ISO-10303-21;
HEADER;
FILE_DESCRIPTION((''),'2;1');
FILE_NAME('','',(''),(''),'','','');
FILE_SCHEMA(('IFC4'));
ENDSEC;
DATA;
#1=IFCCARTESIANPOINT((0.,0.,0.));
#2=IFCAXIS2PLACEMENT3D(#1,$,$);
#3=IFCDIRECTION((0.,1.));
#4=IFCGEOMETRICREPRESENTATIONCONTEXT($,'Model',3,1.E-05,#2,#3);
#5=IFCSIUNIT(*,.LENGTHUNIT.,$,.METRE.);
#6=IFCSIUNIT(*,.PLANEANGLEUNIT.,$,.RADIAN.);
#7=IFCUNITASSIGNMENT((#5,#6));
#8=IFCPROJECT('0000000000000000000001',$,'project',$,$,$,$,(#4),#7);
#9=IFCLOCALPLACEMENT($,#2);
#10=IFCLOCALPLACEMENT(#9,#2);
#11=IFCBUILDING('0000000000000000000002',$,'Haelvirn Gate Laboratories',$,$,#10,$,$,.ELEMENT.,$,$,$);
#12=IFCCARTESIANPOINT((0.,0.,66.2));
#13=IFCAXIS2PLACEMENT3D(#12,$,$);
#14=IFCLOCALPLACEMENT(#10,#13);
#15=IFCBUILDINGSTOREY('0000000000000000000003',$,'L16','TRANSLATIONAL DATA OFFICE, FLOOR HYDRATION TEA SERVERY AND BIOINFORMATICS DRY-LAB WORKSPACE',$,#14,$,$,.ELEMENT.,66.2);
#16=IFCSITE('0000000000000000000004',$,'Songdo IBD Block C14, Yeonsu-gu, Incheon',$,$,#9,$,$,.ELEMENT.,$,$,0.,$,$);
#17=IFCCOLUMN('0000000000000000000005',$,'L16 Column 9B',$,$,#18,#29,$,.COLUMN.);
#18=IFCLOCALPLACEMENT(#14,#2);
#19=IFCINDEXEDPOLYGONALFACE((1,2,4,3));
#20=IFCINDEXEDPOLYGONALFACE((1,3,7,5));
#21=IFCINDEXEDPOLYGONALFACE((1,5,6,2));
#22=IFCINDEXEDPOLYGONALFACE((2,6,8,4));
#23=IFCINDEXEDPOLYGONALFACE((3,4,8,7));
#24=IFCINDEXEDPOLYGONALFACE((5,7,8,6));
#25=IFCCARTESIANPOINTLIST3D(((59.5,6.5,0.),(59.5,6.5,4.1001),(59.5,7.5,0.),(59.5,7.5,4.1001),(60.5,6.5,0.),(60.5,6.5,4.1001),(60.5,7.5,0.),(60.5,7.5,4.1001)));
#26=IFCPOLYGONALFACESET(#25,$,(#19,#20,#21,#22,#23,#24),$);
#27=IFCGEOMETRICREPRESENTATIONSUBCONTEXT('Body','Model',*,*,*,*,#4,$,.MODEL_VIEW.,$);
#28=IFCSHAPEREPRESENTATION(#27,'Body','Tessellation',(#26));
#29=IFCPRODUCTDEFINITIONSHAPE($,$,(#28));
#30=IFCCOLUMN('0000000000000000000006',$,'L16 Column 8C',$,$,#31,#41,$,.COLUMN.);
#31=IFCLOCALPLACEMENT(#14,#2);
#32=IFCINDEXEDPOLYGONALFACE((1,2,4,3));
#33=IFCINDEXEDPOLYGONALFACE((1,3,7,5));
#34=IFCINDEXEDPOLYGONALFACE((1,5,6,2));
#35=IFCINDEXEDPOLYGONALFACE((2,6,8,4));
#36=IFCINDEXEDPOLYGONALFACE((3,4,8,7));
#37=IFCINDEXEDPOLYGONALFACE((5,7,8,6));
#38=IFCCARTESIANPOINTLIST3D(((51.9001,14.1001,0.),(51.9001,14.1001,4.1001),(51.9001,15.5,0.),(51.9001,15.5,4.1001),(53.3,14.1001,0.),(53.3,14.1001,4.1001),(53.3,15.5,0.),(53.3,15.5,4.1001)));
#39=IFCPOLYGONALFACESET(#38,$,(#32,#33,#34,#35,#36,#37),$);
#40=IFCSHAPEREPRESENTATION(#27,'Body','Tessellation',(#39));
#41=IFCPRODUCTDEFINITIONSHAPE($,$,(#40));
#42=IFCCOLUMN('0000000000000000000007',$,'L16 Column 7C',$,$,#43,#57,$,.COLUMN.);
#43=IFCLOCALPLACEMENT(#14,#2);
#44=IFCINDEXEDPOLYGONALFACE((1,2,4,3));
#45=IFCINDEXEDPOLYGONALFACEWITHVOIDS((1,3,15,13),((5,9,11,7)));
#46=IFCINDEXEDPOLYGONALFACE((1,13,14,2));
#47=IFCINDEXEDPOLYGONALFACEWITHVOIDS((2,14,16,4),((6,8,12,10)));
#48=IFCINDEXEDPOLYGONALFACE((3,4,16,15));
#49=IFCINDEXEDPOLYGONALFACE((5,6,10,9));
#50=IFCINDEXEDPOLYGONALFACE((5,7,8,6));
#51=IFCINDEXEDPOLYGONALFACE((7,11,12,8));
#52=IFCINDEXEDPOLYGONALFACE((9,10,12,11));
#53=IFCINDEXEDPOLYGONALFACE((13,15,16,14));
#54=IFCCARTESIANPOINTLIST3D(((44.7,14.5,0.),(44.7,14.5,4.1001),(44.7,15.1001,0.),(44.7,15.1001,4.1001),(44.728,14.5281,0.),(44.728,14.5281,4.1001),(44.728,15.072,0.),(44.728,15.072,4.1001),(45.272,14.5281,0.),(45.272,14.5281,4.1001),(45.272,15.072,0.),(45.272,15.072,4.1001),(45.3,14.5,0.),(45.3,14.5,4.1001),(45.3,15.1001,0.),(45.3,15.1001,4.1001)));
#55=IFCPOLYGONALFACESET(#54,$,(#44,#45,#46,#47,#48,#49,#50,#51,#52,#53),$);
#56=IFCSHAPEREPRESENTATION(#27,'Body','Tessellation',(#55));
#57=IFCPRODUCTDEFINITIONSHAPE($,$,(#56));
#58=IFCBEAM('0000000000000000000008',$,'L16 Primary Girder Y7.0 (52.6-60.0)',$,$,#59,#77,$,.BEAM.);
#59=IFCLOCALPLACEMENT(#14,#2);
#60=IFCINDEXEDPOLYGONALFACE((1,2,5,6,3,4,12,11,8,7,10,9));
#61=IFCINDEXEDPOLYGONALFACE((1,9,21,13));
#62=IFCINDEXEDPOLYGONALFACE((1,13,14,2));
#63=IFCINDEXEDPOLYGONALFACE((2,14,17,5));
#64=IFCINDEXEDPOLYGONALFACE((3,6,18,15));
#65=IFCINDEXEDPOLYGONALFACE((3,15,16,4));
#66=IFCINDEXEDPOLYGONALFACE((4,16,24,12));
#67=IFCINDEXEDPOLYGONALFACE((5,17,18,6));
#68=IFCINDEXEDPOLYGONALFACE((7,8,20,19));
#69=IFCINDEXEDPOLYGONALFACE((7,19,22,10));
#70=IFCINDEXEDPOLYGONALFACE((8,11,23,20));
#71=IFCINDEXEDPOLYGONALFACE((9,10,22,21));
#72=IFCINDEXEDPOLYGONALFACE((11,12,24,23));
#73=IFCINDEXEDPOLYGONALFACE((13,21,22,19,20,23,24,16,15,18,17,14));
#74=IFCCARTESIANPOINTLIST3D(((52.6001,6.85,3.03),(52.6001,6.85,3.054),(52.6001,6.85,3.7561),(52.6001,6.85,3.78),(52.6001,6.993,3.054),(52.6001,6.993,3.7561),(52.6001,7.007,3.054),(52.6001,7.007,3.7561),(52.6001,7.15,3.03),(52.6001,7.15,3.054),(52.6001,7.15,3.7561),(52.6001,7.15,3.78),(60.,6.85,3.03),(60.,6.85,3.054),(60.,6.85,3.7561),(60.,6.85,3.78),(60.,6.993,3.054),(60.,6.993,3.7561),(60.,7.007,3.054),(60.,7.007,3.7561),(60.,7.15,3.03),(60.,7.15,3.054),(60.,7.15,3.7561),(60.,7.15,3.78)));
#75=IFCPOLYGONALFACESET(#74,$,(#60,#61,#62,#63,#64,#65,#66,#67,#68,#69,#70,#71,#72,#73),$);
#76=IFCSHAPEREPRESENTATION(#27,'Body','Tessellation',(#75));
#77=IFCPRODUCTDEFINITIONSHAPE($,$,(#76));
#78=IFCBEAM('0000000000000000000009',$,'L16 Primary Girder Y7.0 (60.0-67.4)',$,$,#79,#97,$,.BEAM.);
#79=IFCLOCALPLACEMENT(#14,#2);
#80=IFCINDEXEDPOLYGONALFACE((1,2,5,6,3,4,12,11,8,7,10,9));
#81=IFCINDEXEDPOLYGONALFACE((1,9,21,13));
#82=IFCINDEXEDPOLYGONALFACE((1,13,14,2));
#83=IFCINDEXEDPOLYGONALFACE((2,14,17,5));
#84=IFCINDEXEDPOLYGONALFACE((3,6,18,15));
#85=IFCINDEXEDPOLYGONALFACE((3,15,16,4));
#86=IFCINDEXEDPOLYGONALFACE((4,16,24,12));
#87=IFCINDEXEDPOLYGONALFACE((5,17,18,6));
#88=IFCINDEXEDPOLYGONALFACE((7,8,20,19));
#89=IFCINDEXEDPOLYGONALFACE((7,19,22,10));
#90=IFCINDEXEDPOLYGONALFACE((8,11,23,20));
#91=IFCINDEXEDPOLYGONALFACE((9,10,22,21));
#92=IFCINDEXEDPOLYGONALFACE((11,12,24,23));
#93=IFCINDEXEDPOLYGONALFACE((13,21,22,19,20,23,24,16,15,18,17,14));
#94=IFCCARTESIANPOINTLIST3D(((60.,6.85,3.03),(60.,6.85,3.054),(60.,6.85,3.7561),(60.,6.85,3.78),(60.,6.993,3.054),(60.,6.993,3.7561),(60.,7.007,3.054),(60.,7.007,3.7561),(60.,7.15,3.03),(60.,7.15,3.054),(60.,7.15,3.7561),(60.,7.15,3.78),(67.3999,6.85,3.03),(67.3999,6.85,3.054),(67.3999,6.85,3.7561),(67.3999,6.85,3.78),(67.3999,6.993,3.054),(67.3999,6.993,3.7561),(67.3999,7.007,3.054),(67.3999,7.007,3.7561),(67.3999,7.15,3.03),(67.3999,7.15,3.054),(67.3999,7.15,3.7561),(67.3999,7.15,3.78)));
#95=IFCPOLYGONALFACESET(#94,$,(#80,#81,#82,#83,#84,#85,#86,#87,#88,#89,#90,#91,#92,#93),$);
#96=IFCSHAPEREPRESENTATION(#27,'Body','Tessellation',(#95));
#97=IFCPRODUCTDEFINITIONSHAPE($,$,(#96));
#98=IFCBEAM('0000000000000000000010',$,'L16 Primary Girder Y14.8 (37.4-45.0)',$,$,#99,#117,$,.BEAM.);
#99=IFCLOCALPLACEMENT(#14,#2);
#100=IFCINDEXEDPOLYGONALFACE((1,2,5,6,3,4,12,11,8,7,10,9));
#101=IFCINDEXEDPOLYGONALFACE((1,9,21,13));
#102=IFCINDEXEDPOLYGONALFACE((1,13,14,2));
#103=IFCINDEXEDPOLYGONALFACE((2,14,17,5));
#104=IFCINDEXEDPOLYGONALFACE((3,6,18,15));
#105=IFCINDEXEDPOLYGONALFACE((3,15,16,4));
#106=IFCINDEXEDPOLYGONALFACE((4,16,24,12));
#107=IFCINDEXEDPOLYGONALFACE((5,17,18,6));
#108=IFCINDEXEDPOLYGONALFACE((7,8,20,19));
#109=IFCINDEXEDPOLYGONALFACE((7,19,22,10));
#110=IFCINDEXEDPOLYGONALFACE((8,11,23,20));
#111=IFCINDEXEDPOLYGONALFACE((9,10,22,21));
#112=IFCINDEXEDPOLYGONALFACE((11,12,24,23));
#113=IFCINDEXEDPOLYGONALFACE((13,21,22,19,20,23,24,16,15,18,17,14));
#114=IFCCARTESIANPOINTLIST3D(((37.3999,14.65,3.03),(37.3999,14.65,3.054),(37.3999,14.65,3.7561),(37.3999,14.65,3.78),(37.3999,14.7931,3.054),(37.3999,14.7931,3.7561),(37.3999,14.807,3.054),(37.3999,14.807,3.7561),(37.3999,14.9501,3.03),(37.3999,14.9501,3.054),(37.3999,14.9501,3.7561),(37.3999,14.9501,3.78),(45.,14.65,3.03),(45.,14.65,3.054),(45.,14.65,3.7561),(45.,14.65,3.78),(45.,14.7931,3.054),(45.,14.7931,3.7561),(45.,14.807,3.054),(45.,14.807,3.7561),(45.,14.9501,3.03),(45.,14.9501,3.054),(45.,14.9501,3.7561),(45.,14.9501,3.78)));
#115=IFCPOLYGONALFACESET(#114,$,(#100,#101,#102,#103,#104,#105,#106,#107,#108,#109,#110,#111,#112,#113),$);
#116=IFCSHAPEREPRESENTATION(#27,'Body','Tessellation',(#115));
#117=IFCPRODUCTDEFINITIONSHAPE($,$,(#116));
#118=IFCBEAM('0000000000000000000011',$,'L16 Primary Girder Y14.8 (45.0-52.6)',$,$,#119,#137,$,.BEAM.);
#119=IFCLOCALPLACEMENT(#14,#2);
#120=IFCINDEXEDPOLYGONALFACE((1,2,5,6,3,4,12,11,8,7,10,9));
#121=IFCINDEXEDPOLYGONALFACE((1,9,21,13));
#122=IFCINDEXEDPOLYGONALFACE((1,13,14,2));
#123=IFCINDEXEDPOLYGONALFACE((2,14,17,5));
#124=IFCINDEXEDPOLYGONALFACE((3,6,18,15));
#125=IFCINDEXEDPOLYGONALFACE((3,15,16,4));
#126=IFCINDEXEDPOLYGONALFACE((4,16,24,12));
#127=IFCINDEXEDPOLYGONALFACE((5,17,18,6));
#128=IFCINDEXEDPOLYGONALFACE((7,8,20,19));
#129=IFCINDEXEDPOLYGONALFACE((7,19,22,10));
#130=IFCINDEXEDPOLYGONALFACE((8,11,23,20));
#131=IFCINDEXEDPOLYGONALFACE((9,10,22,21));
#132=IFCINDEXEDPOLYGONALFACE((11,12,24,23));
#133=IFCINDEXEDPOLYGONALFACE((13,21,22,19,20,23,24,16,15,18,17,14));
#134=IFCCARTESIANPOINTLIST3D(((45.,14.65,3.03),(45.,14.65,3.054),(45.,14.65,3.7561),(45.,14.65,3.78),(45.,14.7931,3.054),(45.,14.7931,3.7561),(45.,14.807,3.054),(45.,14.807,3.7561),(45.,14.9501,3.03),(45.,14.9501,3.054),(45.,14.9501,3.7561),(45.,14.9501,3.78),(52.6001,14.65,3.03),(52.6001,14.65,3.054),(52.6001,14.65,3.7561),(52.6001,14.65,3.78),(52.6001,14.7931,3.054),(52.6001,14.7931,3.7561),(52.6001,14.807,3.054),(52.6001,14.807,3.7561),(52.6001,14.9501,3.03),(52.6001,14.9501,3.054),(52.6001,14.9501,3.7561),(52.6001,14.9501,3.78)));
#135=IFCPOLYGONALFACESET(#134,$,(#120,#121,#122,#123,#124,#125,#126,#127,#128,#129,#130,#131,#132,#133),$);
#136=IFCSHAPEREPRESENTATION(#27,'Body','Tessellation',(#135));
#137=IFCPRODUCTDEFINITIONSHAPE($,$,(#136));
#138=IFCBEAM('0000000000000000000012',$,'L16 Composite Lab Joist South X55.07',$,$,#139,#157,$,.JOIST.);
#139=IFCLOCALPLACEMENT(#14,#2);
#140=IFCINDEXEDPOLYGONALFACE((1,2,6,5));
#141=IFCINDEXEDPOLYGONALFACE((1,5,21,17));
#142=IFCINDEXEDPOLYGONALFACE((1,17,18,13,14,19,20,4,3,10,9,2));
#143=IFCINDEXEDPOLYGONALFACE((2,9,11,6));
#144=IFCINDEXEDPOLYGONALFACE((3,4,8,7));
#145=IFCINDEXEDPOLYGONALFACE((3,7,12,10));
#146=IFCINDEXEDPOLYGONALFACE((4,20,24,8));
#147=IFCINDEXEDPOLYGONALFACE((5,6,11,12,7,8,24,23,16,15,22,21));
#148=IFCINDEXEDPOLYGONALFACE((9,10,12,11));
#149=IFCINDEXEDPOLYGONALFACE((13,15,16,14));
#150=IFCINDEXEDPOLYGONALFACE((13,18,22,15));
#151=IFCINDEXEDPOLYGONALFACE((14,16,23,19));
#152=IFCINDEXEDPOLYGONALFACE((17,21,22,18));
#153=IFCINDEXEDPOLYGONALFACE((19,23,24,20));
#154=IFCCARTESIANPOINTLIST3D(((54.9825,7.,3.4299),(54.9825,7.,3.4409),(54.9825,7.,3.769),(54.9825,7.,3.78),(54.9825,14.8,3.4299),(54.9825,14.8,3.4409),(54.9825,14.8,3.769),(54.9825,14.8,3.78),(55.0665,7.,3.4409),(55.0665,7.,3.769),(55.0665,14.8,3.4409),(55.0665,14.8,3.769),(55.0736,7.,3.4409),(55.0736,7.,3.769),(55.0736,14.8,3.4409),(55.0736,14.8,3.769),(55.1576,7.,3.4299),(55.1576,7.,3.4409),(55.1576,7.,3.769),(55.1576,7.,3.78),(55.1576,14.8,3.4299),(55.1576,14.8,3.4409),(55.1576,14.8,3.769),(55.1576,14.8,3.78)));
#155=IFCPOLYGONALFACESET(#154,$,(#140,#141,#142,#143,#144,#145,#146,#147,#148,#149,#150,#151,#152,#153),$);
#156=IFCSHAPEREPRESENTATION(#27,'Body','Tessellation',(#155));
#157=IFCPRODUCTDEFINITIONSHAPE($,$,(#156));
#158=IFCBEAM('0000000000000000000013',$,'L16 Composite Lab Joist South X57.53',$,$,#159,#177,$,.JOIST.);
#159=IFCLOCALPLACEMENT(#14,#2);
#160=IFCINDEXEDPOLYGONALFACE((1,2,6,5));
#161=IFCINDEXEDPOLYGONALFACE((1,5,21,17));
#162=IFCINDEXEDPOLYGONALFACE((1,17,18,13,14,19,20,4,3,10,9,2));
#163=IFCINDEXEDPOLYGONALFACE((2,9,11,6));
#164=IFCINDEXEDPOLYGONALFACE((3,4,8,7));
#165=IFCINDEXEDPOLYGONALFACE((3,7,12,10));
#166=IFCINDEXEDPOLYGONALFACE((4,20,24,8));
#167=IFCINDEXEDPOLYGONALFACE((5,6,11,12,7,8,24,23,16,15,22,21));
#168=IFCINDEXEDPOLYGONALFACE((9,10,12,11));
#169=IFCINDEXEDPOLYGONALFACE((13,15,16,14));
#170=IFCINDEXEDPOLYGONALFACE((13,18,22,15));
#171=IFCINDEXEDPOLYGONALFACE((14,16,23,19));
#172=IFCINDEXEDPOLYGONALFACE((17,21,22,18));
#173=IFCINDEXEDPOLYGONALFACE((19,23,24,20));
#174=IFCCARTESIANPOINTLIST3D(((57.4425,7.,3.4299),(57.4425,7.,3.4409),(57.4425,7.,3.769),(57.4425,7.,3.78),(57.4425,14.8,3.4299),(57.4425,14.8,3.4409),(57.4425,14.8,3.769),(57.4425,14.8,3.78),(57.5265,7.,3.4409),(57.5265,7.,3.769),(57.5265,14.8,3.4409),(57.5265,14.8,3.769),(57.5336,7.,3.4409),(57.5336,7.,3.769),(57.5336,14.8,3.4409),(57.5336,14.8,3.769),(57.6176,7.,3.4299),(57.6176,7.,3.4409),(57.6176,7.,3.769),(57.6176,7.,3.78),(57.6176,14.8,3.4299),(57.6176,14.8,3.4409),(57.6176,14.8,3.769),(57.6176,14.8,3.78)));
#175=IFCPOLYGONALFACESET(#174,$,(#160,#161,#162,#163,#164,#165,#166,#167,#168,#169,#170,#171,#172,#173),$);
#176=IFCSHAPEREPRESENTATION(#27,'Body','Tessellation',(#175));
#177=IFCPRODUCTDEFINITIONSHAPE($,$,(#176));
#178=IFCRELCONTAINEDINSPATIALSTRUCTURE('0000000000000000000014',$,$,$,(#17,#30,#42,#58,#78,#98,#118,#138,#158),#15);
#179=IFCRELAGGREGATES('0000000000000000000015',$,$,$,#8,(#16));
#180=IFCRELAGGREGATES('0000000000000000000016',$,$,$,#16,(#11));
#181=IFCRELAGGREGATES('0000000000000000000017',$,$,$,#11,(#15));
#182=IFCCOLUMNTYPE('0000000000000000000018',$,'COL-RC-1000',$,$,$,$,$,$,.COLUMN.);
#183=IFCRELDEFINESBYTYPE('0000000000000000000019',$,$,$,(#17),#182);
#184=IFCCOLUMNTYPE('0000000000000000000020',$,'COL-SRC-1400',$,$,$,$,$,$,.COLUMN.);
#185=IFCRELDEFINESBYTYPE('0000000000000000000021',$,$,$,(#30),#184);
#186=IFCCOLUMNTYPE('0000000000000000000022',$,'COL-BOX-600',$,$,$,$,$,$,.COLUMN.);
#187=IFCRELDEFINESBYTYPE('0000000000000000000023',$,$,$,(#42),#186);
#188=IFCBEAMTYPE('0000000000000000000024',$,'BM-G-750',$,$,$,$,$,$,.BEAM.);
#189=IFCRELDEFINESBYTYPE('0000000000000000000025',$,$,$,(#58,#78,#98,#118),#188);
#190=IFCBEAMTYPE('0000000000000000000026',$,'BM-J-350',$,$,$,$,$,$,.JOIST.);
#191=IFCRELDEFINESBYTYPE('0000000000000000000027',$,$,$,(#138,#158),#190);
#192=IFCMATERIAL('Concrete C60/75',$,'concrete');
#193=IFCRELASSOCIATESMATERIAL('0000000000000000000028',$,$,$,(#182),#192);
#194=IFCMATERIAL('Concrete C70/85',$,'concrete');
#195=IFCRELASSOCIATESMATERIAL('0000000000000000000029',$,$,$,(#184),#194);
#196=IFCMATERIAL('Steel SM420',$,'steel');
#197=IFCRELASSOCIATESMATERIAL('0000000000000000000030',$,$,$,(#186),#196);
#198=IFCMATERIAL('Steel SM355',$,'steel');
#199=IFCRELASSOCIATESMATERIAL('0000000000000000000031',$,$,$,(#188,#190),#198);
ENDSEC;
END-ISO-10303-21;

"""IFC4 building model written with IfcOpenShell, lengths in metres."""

from ifc_helpers import new_model, si_unit, direction, frame, origin, origin_2d, place, context, subcontext, project, spatial, rectangle, hollow_rectangle, i_section, extrude, source, transform, mapped, material, material_profile, profile_set, type_object, type_shapes, element, save


model = new_model("IFC4")

# Units and contexts
model_context = context("Model", 3, precision=1e-05, world=origin(), true_north=direction((0.0, 1.0)))
body_context = subcontext(model_context, "Body", "Model", "MODEL_VIEW")
ifc_project = project(units=[si_unit("LENGTHUNIT", "METRE"), si_unit("PLANEANGLEUNIT", "RADIAN")], contexts=[model_context])

# Site, building, storey
site_placement = place(None, origin())
site = spatial("IfcSite", under=ifc_project, at=site_placement, Name="Songdo IBD Block C14, Yeonsu-gu, Incheon", CompositionType="ELEMENT", RefElevation=0.0)
building_placement = place(site_placement, origin())
building = spatial("IfcBuilding", under=site, at=building_placement, Name="Haelvirn Gate Laboratories", CompositionType="ELEMENT")
storey_placement = place(building_placement, frame((0.0, 0.0, 66.2)))
storey = spatial("IfcBuildingStorey", under=building, at=storey_placement, Name="L16", Description="TRANSLATIONAL DATA OFFICE, FLOOR HYDRATION TEA SERVERY AND BIOINFORMATICS DRY-LAB WORKSPACE", CompositionType="ELEMENT", Elevation=66.2)

# Columns
ifc_material_1 = material(Name="Concrete C60/75", Category="concrete")
ifc_material_profile_1 = material_profile(ifc_material_1, rectangle(XDim=1.0, YDim=1.0, at=origin_2d()), Name="RC-1000x1000")
ifc_profile_set_1 = profile_set([ifc_material_profile_1], Name="Concrete C60/75")
column_type_1 = type_object("IfcColumnType", Name="COL-RC-1000", PredefinedType="COLUMN", material=ifc_profile_set_1)
shared_shape_1 = source(origin(), body_context, "Body", "SweptSolid", [
    extrude(rectangle(XDim=1.0, YDim=1.0, at=origin_2d()), origin(), (0.0, 0.0, 1.0), 4.1001),
])
type_shapes(column_type_1, [shared_shape_1])
column_1_placement = place(storey_placement, frame((60.0, 7.0, 0.0), z_axis=(0.0, 0.0, 1.0), x_axis=(1.0, 0.0, 0.0)))
element("IfcColumn", 1, at=column_1_placement, inside=storey, type_object=column_type_1, Name="L16 Column 9B", PredefinedType="COLUMN", context=body_context, shape_type="MappedRepresentation", body=[
    mapped(shared_shape_1, transform((0.0, 0.0, 0.0), scale=1.0)),
])
ifc_material_2 = material(Name="Concrete C70/85", Category="concrete")
ifc_material_profile_2 = material_profile(ifc_material_2, rectangle(XDim=1.3999, YDim=1.3999, at=origin_2d()), Name="SRC-1400x1400")
ifc_profile_set_2 = profile_set([ifc_material_profile_2], Name="Concrete C70/85")
column_type_2 = type_object("IfcColumnType", Name="COL-SRC-1400", PredefinedType="COLUMN", material=ifc_profile_set_2)
shared_shape_2 = source(origin(), body_context, "Body", "SweptSolid", [
    extrude(rectangle(XDim=1.3999, YDim=1.3999, at=origin_2d()), origin(), (0.0, 0.0, 1.0), 4.1001),
])
type_shapes(column_type_2, [shared_shape_2])
column_2_placement = place(storey_placement, frame((52.6001, 14.8, 0.0), z_axis=(0.0, 0.0, 1.0), x_axis=(1.0, 0.0, 0.0)))
element("IfcColumn", 2, at=column_2_placement, inside=storey, type_object=column_type_2, Name="L16 Column 8C", PredefinedType="COLUMN", context=body_context, shape_type="MappedRepresentation", body=[
    mapped(shared_shape_2, transform((0.0, 0.0, 0.0), scale=1.0)),
])
ifc_material_3 = material(Name="Steel SM420", Category="steel")
ifc_material_profile_3 = material_profile(ifc_material_3, hollow_rectangle(XDim=0.6001, YDim=0.6001, WallThickness=0.0281, at=origin_2d()), Name="BOX-600x600x28")
ifc_profile_set_3 = profile_set([ifc_material_profile_3], Name="Steel SM420")
column_type_3 = type_object("IfcColumnType", Name="COL-BOX-600", PredefinedType="COLUMN", material=ifc_profile_set_3)
shared_shape_3 = source(origin(), body_context, "Body", "SweptSolid", [
    extrude(hollow_rectangle(XDim=0.6001, YDim=0.6001, WallThickness=0.0281, at=origin_2d()), origin(), (0.0, 0.0, 1.0), 4.1001),
])
type_shapes(column_type_3, [shared_shape_3])
column_3_placement = place(storey_placement, frame((45.0, 14.8, 0.0), z_axis=(0.0, 0.0, 1.0), x_axis=(1.0, 0.0, 0.0)))
element("IfcColumn", 3, at=column_3_placement, inside=storey, type_object=column_type_3, Name="L16 Column 7C", PredefinedType="COLUMN", context=body_context, shape_type="MappedRepresentation", body=[
    mapped(shared_shape_3, transform((0.0, 0.0, 0.0), scale=1.0)),
])

# Beams
ifc_material_4 = material(Name="Steel SM355", Category="steel")
ifc_material_profile_4 = material_profile(ifc_material_4, i_section(OverallWidth=0.3, OverallDepth=0.75, WebThickness=0.0139, FlangeThickness=0.0239, at=origin_2d()), Name="H-750x300x14x24")
ifc_profile_set_4 = profile_set([ifc_material_profile_4], Name="Steel SM355")
beam_type_1 = type_object("IfcBeamType", Name="BM-G-750", PredefinedType="BEAM", material=ifc_profile_set_4)
shared_shape_4 = source(origin(), body_context, "Body", "SweptSolid", [
    extrude(i_section(OverallWidth=0.3, OverallDepth=0.75, WebThickness=0.0139, FlangeThickness=0.0239, at=origin_2d()), origin(), (0.0, 0.0, 1.0), 7.3999),
])
for number, where, z_axis, x_axis, name in (
    (4, (52.6001, 7.0, 3.405), (1.0, 0.0, 0.0), (0.0, 1.0, 0.0), "L16 Primary Girder Y7.0 (52.6-60.0)"),
    (5, (60.0, 7.0, 3.405), (1.0, 0.0, 0.0), (0.0, 1.0, 0.0), "L16 Primary Girder Y7.0 (60.0-67.4)"),
):
    element("IfcBeam", number, at=place(storey_placement, frame(where, z_axis=z_axis, x_axis=x_axis)), inside=storey, type_object=beam_type_1, Name=name, PredefinedType="BEAM", context=body_context, shape_type="MappedRepresentation", body=[
        mapped(shared_shape_4, transform((0.0, 0.0, 0.0), scale=1.0)),
    ])
shared_shape_5 = source(origin(), body_context, "Body", "SweptSolid", [
    extrude(i_section(OverallWidth=0.3, OverallDepth=0.75, WebThickness=0.0139, FlangeThickness=0.0239, at=origin_2d()), origin(), (0.0, 0.0, 1.0), 7.6001),
])
type_shapes(beam_type_1, [shared_shape_4, shared_shape_5])
for number, where, z_axis, x_axis, name in (
    (6, (37.3999, 14.8, 3.405), (1.0, 0.0, 0.0), (0.0, 1.0, 0.0), "L16 Primary Girder Y14.8 (37.4-45.0)"),
    (7, (45.0, 14.8, 3.405), (1.0, 0.0, 0.0), (0.0, 1.0, 0.0), "L16 Primary Girder Y14.8 (45.0-52.6)"),
):
    element("IfcBeam", number, at=place(storey_placement, frame(where, z_axis=z_axis, x_axis=x_axis)), inside=storey, type_object=beam_type_1, Name=name, PredefinedType="BEAM", context=body_context, shape_type="MappedRepresentation", body=[
        mapped(shared_shape_5, transform((0.0, 0.0, 0.0), scale=1.0)),
    ])
ifc_material_profile_5 = material_profile(ifc_material_4, i_section(OverallWidth=0.175, OverallDepth=0.3501, WebThickness=0.0071, FlangeThickness=0.011, at=origin_2d()), Name="H-350x175x7x11")
ifc_profile_set_5 = profile_set([ifc_material_profile_5], Name="Steel SM355")
beam_type_2 = type_object("IfcBeamType", Name="BM-J-350", PredefinedType="JOIST", material=ifc_profile_set_5)
shared_shape_6 = source(origin(), body_context, "Body", "SweptSolid", [
    extrude(i_section(OverallWidth=0.175, OverallDepth=0.3501, WebThickness=0.0071, FlangeThickness=0.011, at=origin_2d()), origin(), (0.0, 0.0, 1.0), 7.8),
])
type_shapes(beam_type_2, [shared_shape_6])
for number, where, z_axis, x_axis, name in (
    (8, (55.0701, 7.0, 3.605), (0.0, 1.0, 0.0), (-1.0, 0.0, 0.0), "L16 Composite Lab Joist South X55.07"),
    (9, (57.53, 7.0, 3.605), (0.0, 1.0, 0.0), (-1.0, 0.0, 0.0), "L16 Composite Lab Joist South X57.53"),
):
    element("IfcBeam", number, at=place(storey_placement, frame(where, z_axis=z_axis, x_axis=x_axis)), inside=storey, type_object=beam_type_2, Name=name, PredefinedType="JOIST", context=body_context, shape_type="MappedRepresentation", body=[
        mapped(shared_shape_6, transform((0.0, 0.0, 0.0), scale=1.0)),
    ])

save(model, "model.ifc")
